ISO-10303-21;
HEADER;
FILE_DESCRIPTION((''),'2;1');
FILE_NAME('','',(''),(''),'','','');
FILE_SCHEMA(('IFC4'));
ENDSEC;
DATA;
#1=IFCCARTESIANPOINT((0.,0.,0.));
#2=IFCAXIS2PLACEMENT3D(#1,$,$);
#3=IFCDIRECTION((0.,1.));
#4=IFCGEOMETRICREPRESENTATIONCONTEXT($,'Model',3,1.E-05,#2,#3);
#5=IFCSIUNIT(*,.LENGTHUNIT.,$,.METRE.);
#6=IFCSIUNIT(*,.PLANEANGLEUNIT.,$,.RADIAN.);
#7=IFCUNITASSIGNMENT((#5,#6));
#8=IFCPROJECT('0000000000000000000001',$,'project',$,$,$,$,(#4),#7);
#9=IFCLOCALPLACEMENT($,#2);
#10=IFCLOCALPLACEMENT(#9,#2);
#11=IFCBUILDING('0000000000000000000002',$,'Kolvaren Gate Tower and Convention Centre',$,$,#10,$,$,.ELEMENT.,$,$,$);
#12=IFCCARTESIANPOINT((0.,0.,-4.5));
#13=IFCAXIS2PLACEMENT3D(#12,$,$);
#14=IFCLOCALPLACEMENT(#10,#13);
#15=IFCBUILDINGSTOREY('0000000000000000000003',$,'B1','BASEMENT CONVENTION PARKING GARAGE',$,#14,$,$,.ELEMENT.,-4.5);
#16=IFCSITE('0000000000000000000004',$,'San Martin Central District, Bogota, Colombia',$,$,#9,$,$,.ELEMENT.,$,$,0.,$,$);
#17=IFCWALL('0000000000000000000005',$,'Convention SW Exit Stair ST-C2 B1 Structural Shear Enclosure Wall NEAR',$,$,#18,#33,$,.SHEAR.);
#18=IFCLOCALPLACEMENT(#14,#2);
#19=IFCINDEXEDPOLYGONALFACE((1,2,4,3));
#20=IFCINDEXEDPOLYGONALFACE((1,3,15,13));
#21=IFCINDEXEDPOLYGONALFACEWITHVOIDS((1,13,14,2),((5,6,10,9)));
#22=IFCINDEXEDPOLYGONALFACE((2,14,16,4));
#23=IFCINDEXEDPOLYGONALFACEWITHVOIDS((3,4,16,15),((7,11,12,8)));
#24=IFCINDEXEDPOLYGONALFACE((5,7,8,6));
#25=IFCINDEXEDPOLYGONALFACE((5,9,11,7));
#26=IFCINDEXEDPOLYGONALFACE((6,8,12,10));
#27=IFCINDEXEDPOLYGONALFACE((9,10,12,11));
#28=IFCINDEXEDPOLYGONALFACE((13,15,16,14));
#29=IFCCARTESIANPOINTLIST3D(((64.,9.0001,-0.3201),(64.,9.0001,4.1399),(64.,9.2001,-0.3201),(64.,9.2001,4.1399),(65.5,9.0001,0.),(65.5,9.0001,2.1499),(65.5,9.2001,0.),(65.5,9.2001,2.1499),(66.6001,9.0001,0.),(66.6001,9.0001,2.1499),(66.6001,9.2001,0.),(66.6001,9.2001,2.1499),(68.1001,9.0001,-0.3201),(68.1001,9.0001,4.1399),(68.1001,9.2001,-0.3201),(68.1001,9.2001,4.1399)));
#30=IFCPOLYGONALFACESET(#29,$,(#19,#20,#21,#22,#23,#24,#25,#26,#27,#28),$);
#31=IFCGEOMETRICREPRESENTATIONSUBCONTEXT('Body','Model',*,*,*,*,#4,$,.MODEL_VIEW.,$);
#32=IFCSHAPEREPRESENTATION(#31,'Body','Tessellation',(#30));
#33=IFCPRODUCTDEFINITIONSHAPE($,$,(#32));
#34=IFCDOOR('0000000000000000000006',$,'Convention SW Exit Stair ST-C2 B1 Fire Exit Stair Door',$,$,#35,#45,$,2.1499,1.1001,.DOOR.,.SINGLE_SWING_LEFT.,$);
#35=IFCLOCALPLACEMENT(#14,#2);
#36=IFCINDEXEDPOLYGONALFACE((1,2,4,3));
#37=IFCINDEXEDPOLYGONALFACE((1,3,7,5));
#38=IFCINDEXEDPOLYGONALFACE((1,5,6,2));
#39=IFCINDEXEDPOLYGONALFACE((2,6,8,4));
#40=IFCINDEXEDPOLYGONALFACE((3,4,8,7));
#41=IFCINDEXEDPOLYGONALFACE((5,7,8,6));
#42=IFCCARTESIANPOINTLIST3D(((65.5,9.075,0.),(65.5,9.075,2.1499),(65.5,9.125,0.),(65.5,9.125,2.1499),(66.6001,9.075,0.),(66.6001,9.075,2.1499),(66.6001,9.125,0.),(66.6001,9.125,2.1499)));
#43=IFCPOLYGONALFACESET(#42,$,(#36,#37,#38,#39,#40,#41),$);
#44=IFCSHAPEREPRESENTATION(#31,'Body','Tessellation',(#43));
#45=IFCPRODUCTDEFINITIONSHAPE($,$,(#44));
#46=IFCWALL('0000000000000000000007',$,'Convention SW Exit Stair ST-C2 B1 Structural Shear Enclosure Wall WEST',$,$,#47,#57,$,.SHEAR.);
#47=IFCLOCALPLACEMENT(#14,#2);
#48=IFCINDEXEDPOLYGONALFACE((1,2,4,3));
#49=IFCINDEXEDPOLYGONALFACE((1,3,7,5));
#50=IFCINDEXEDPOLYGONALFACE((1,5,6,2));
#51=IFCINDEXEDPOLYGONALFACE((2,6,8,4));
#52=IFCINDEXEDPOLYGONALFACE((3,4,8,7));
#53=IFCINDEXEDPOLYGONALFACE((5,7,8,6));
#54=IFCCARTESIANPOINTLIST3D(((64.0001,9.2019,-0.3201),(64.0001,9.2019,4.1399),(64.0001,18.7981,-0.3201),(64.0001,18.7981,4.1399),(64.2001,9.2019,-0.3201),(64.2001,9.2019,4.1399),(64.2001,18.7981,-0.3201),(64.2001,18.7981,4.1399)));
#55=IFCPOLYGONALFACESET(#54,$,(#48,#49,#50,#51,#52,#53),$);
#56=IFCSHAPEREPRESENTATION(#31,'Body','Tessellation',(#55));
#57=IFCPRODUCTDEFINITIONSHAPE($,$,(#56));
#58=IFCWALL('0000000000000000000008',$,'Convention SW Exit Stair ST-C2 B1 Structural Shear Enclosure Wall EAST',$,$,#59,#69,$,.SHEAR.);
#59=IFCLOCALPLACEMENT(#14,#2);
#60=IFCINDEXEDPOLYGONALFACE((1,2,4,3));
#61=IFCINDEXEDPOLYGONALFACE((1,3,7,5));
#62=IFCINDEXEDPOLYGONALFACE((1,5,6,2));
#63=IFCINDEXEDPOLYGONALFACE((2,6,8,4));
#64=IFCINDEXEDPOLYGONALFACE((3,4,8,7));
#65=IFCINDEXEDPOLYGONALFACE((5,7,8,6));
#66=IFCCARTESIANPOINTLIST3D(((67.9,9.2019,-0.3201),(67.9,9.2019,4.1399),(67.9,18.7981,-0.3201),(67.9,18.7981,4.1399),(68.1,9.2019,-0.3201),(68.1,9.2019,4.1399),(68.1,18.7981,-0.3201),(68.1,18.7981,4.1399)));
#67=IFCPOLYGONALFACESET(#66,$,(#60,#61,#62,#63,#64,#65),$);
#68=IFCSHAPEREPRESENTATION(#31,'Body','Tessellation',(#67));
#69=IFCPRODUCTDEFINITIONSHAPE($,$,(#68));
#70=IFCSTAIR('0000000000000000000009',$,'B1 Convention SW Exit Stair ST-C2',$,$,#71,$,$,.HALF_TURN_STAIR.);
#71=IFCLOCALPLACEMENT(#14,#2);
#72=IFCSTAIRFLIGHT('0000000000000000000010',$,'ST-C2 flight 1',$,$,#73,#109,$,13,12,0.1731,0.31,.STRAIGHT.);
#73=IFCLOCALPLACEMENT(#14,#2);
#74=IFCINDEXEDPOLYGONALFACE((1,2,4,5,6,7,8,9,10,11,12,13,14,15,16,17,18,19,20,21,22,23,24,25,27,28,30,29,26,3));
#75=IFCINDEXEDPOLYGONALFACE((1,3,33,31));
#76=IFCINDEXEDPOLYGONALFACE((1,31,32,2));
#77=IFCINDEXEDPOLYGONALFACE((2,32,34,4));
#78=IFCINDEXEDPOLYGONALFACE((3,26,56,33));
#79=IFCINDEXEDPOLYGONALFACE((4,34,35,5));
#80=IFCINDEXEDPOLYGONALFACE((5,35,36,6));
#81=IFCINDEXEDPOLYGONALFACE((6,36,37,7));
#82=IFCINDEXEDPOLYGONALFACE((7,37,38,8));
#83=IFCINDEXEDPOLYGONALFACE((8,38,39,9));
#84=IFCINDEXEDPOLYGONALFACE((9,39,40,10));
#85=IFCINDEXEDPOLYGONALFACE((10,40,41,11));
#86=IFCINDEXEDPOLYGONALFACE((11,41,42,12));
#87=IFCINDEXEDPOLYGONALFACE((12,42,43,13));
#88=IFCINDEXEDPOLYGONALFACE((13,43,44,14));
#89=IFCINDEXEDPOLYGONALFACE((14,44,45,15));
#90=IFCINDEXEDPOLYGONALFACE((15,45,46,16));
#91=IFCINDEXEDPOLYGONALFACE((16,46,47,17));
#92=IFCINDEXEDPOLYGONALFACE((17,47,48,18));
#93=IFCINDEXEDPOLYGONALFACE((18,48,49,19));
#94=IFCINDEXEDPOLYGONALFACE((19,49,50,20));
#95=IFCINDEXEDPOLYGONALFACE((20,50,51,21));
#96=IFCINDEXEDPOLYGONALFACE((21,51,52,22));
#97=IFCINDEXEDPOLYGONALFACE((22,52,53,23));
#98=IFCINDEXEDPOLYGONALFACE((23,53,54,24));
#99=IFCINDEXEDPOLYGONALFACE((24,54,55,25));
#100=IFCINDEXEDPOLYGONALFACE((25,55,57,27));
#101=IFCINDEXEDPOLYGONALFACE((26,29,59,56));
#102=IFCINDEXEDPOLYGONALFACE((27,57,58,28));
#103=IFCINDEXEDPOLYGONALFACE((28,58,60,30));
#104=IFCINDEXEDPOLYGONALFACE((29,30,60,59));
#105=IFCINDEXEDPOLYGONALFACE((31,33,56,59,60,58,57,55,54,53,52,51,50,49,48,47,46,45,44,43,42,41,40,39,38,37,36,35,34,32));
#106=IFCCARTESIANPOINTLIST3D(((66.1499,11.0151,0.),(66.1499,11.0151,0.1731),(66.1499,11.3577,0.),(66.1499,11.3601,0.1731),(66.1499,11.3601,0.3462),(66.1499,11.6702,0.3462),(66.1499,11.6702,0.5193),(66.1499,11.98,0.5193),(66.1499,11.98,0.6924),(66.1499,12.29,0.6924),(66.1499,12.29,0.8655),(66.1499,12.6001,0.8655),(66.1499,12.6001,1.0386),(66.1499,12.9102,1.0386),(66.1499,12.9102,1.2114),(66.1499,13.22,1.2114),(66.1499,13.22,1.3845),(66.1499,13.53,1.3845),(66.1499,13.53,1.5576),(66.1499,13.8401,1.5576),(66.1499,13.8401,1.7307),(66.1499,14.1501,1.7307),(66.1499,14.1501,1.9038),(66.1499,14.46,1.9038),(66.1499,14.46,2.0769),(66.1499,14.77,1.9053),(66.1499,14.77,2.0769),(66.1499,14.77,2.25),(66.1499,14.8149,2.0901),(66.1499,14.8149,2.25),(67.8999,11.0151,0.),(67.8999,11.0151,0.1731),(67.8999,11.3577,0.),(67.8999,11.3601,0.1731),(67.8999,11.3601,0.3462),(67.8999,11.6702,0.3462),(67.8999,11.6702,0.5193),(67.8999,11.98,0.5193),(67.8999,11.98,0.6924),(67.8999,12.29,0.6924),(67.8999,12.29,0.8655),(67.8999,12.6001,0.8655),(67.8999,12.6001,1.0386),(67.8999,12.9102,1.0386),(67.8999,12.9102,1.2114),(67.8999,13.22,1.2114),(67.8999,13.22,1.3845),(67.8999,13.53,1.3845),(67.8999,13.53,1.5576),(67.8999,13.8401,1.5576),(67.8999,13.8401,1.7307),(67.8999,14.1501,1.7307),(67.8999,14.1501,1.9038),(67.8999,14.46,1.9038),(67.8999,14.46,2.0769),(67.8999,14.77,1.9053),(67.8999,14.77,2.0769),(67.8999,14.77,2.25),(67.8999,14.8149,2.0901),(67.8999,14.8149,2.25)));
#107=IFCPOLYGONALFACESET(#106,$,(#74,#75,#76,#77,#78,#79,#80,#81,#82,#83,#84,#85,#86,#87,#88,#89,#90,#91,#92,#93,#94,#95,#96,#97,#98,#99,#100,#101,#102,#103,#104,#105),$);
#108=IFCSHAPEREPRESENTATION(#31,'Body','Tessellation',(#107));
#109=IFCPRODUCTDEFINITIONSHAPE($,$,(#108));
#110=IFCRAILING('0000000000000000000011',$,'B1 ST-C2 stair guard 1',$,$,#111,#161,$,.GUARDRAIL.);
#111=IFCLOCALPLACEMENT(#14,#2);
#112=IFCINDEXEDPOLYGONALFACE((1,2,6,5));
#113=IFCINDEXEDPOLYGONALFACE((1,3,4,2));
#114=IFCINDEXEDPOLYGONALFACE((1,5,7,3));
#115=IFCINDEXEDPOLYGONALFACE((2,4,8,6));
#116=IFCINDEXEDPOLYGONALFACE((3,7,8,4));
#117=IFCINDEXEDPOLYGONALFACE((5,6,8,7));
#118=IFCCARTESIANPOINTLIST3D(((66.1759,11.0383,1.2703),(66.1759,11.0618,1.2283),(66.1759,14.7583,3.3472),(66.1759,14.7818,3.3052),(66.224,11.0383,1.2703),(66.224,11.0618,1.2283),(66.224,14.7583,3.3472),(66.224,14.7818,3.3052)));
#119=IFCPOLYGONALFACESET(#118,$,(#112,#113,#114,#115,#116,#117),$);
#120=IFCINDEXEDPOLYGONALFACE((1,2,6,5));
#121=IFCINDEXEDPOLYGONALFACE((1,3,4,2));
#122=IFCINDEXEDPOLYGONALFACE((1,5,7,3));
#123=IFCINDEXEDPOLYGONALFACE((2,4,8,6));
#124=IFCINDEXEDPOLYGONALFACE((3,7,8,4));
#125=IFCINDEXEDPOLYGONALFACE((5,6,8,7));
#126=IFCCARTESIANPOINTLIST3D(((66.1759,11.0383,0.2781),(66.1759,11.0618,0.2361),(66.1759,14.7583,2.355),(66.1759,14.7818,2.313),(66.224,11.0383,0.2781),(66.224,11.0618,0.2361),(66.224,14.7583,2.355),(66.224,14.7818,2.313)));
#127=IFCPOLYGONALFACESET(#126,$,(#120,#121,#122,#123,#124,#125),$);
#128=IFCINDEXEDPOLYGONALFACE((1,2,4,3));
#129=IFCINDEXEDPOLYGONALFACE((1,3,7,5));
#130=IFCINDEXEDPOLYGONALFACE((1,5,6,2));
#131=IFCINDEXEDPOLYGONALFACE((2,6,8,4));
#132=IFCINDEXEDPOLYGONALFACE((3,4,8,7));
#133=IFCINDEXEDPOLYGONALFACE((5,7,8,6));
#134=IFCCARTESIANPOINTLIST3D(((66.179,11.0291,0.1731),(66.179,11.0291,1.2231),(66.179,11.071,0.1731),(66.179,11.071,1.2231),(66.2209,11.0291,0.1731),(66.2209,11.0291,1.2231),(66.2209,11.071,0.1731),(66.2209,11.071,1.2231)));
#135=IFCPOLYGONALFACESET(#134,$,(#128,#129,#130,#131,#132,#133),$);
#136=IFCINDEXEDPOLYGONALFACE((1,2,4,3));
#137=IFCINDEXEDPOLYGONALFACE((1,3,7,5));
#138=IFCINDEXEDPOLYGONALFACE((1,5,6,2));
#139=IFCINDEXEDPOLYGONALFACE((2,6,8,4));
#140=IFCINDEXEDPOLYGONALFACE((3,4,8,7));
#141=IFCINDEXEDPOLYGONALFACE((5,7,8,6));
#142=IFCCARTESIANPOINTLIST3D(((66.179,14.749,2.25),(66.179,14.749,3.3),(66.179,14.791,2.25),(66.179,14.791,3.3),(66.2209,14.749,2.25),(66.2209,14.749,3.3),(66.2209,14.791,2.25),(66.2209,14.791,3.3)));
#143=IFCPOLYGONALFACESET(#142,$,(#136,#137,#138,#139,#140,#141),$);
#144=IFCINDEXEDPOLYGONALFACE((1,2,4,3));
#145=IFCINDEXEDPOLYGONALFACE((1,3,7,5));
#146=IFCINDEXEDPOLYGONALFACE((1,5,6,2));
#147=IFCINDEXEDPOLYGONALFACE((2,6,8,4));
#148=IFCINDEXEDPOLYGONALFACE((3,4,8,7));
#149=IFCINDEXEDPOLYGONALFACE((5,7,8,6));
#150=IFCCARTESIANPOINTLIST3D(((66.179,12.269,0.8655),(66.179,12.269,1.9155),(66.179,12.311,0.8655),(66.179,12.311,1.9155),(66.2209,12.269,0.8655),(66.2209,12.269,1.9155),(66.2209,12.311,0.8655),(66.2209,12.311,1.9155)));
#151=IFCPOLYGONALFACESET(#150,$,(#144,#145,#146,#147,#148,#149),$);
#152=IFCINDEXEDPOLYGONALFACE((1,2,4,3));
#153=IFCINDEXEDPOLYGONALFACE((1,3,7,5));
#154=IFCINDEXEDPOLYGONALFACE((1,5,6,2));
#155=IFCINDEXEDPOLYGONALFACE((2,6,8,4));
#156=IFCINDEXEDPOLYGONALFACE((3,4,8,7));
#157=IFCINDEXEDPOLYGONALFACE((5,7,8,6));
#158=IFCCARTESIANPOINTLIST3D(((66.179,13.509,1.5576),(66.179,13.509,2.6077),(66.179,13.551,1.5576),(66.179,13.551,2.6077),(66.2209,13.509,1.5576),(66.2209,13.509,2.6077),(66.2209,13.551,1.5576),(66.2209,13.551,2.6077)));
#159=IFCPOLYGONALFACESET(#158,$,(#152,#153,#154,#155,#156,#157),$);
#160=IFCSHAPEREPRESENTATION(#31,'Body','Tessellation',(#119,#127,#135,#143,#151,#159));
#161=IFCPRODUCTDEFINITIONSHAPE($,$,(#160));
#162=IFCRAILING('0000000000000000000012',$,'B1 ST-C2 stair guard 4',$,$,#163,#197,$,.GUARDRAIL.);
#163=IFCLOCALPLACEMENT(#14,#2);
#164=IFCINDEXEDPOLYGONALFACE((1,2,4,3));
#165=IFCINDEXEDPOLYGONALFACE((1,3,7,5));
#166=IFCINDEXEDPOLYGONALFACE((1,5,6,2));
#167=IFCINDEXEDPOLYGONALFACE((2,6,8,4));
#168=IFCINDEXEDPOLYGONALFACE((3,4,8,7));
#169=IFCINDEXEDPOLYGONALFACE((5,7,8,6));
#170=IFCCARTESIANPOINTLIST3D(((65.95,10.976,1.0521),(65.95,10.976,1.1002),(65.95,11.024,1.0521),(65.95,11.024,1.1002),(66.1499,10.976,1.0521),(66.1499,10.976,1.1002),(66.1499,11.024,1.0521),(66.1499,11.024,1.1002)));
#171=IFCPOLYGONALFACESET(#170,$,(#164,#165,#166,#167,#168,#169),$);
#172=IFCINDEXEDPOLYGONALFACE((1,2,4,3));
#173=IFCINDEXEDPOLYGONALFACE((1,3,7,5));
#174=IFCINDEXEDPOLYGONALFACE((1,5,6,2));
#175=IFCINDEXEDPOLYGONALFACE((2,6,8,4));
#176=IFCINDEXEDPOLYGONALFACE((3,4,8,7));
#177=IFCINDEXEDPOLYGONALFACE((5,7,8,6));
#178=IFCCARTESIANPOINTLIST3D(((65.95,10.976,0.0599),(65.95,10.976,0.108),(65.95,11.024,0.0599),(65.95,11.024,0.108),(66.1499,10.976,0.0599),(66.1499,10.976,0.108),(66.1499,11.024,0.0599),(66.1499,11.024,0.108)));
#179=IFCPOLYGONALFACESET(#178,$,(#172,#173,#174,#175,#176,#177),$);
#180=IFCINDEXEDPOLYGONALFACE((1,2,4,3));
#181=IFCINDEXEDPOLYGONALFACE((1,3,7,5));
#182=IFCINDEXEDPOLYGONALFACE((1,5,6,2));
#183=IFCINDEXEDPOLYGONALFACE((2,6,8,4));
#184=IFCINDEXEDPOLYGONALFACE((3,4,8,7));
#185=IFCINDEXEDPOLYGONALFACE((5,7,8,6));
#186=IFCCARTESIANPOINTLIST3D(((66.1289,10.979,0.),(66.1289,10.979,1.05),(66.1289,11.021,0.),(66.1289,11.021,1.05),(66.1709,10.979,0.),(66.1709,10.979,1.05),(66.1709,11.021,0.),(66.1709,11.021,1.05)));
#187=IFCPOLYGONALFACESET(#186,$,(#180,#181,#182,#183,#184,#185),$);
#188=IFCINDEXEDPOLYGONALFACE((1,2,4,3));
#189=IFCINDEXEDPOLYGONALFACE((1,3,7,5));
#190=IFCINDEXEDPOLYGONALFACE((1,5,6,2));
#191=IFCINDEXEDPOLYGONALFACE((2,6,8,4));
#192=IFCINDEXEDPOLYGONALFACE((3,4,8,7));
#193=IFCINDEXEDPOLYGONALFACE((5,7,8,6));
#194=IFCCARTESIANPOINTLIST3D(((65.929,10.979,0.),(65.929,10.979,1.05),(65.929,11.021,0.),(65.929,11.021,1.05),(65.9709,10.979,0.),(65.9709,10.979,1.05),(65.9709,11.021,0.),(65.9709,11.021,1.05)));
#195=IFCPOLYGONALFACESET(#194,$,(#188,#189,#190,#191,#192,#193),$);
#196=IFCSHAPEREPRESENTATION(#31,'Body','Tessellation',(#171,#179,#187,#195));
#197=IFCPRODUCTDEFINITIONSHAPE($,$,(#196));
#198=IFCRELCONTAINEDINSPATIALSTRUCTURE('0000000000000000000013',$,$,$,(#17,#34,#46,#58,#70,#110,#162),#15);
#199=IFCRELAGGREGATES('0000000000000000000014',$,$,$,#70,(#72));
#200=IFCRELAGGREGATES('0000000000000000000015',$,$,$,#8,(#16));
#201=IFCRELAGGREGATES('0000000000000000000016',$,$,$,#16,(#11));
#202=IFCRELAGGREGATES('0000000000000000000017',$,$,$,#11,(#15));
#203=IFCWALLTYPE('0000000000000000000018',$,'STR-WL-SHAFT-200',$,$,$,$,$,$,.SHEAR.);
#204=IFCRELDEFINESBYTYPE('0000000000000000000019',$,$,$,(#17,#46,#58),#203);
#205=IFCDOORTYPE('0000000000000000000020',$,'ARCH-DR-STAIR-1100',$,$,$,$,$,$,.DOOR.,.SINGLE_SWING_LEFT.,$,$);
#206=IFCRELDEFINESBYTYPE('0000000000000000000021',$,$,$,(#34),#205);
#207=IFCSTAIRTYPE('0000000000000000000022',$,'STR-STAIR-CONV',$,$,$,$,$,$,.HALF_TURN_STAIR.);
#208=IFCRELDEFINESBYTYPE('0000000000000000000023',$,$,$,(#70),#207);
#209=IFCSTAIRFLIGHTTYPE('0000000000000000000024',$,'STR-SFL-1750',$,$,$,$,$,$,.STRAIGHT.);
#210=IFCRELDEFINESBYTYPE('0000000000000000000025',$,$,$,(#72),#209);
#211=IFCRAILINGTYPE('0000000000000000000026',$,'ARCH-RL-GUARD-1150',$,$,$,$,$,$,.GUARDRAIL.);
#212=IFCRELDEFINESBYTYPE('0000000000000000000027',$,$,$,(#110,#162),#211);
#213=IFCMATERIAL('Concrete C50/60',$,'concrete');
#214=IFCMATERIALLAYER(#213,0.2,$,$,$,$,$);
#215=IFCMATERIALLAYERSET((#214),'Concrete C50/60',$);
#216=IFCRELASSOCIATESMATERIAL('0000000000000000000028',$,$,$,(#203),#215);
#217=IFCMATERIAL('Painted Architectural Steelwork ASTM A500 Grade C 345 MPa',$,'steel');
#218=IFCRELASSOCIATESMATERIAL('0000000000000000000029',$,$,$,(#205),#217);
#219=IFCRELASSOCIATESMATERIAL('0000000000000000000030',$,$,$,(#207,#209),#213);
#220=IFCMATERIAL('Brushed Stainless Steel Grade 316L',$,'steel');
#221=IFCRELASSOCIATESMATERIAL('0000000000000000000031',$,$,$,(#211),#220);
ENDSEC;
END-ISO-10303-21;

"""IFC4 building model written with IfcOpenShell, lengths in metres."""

from ifc_helpers import new_model, si_unit, direction, frame, frame_2d, origin, origin_2d, place, context, subcontext, project, spatial, polyline, rectangle, outline, extrude, material, layer, layer_set, type_object, element, fill, aggregate, save


model = new_model("IFC4")

# Units and contexts
model_context = context("Model", 3, precision=1e-05, world=origin(), true_north=direction((0.0, 1.0)))
body_context = subcontext(model_context, "Body", "Model", "MODEL_VIEW")
ifc_project = project(units=[si_unit("LENGTHUNIT", "METRE"), si_unit("PLANEANGLEUNIT", "RADIAN")], contexts=[model_context])

# Site, building, storey
site_placement = place(None, origin())
site = spatial("IfcSite", under=ifc_project, at=site_placement, Name="San Martin Central District, Bogota, Colombia", CompositionType="ELEMENT", RefElevation=0.0)
building_placement = place(site_placement, origin())
building = spatial("IfcBuilding", under=site, at=building_placement, Name="Kolvaren Gate Tower and Convention Centre", CompositionType="ELEMENT")
storey_placement = place(building_placement, frame((0.0, 0.0, -4.5)))
storey = spatial("IfcBuildingStorey", under=building, at=storey_placement, Name="B1", Description="BASEMENT CONVENTION PARKING GARAGE", CompositionType="ELEMENT", Elevation=-4.5)

# Shared definitions
ifc_material_1 = material(Name="Concrete C50/60", Category="concrete")

# Wall, opening, door
ifc_layer_1 = layer(ifc_material_1, 0.2)
ifc_layer_set_1 = layer_set([ifc_layer_1], Name="Concrete C50/60")
wall_type_1 = type_object("IfcWallType", Name="STR-WL-SHAFT-200", PredefinedType="SHEAR", material=ifc_layer_set_1)
wall_1_placement = place(storey_placement, frame((64.0, 9.1001, -0.3201), z_axis=(0.0, 0.0, 1.0), x_axis=(1.0, 0.0, 0.0)))
wall_1 = element("IfcWall", 1, at=wall_1_placement, inside=storey, type_object=wall_type_1, Name="Convention SW Exit Stair ST-C2 B1 Structural Shear Enclosure Wall NEAR", PredefinedType="SHEAR", context=body_context, shape_type="SweptSolid", body=[
    extrude(rectangle(XDim=4.1001, YDim=0.2, at=frame_2d((2.05, 0.0))), origin(), (0.0, 0.0, 1.0), 4.46),
])
opening_placement = place(wall_1_placement, frame((1.5, 0.0, 0.3201)))
opening = element("IfcOpeningElement", 2, at=opening_placement, cuts=wall_1, PredefinedType="OPENING", context=body_context, shape_type="SweptSolid", body=[
    extrude(rectangle(XDim=1.1001, YDim=2.1499, at=frame_2d((0.55, 1.075))), frame((0.0, 0.1099, 0.0), z_axis=(0.0, -1.0, 0.0), x_axis=(1.0, 0.0, 0.0)), (0.0, 0.0, 1.0), 0.22),
])
ifc_material_2 = material(Name="Painted Architectural Steelwork ASTM A500 Grade C 345 MPa", Category="steel")
door_type = type_object("IfcDoorType", Name="ARCH-DR-STAIR-1100", OperationType="SINGLE_SWING_LEFT", PredefinedType="DOOR", material=ifc_material_2)
door_placement = place(opening_placement, origin())
door = element("IfcDoor", 3, at=door_placement, inside=storey, type_object=door_type, Name="Convention SW Exit Stair ST-C2 B1 Fire Exit Stair Door", OperationType="SINGLE_SWING_LEFT", OverallHeight=2.1499, OverallWidth=1.1001, PredefinedType="DOOR", context=body_context, shape_type="SweptSolid", body=[
    extrude(rectangle(XDim=1.1001, YDim=2.1499, at=frame_2d((0.55, 1.075))), frame((0.0, 0.0249, 0.0), z_axis=(0.0, -1.0, 0.0), x_axis=(1.0, 0.0, 0.0)), (0.0, 0.0, 1.0), 0.05),
])
fill(opening, door)

# Walls
for number, where, z_axis, x_axis, name in (
    (4, (64.1001, 9.2019, -0.3201), (0.0, 0.0, 1.0), (0.0, 1.0, 0.0), "Convention SW Exit Stair ST-C2 B1 Structural Shear Enclosure Wall WEST"),
    (5, (68.0, 9.2019, -0.3201), (0.0, 0.0, 1.0), (0.0, 1.0, 0.0), "Convention SW Exit Stair ST-C2 B1 Structural Shear Enclosure Wall EAST"),
):
    element("IfcWall", number, at=place(storey_placement, frame(where, z_axis=z_axis, x_axis=x_axis)), inside=storey, type_object=wall_type_1, Name=name, PredefinedType="SHEAR", context=body_context, shape_type="SweptSolid", body=[
        extrude(rectangle(XDim=9.5962, YDim=0.2, at=frame_2d((4.7981, 0.0))), origin(), (0.0, 0.0, 1.0), 4.46),
    ])

# Stair, stair flight
stair_type = type_object("IfcStairType", Name="STR-STAIR-CONV", PredefinedType="HALF_TURN_STAIR", material=ifc_material_1)
stair_placement = place(storey_placement, origin())
stair = element("IfcStair", 6, at=stair_placement, inside=storey, type_object=stair_type, Name="B1 Convention SW Exit Stair ST-C2", PredefinedType="HALF_TURN_STAIR")
stair_flight_type = type_object("IfcStairFlightType", Name="STR-SFL-1750", PredefinedType="STRAIGHT", material=ifc_material_1)
stair_flight_placement = place(storey_placement, frame((67.0249, 11.05, 0.0), z_axis=(0.0, 0.0, 1.0), x_axis=(0.0, 1.0, 0.0)))
stair_flight = element("IfcStairFlight", 7, at=stair_flight_placement, type_object=stair_flight_type, Name="ST-C2 flight 1", NumberOfRisers=13, NumberOfTreads=12, PredefinedType="STRAIGHT", RiserHeight=0.1731, TreadLength=0.31, context=body_context, shape_type="SweptSolid", body=[
    extrude(outline(polyline([(-0.0349, 0.0), (-0.0349, 0.1731), (0.3101, 0.1731), (0.3101, 0.3462), (0.6201, 0.3462), (0.6201, 0.5193), (0.9299, 0.5193), (0.9299, 0.6924), (1.24, 0.6924), (1.24, 0.8655), (1.55, 0.8655), (1.55, 1.0386), (1.8601, 1.0386), (1.8601, 1.2114), (2.1699, 1.2114), (2.1699, 1.3845), (2.48, 1.3845), (2.48, 1.5576), (2.79, 1.5576), (2.79, 1.7307), (3.1001, 1.7307), (3.1001, 1.9038), (3.4099, 1.9038), (3.4099, 2.0769), (3.72, 2.0769), (3.72, 2.25), (3.7649, 2.25), (3.7649, 2.0901), (3.72, 1.9053), (0.3076, 0.0), (-0.0349, 0.0)])), frame((0.0, 0.875, 0.0), z_axis=(0.0, -1.0, 0.0), x_axis=(1.0, 0.0, 0.0)), (0.0, 0.0, 1.0), 1.75),
])
aggregate(stair, [stair_flight])

# Railings
ifc_material_3 = material(Name="Brushed Stainless Steel Grade 316L", Category="steel")
railing_type_1 = type_object("IfcRailingType", Name="ARCH-RL-GUARD-1150", PredefinedType="GUARDRAIL", material=ifc_material_3)
railing_1_placement = place(storey_placement, frame((66.2, 11.05, 0.1731)))
element("IfcRailing", 8, at=railing_1_placement, inside=storey, type_object=railing_type_1, Name="B1 ST-C2 stair guard 1", PredefinedType="GUARDRAIL", context=body_context, shape_type="SweptSolid", body=[
    extrude(rectangle(XDim=0.0481, YDim=0.0481, at=origin_2d()), frame((0.0, 0.0, 1.0762), z_axis=(0.0, 0.873134, 0.487481), x_axis=(-1.0, 0.0, 0.0)), (0.0, 0.0, 1.0), 4.2605),
    extrude(rectangle(XDim=0.0481, YDim=0.0481, at=origin_2d()), frame((0.0, 0.0, 0.084), z_axis=(0.0, 0.873134, 0.487481), x_axis=(-1.0, 0.0, 0.0)), (0.0, 0.0, 1.0), 4.2605),
    extrude(rectangle(XDim=0.042, YDim=0.042, at=origin_2d()), origin(), (0.0, 0.0, 1.0), 1.05),
    extrude(rectangle(XDim=0.042, YDim=0.042, at=origin_2d()), frame((0.0, 3.72, 2.0769)), (0.0, 0.0, 1.0), 1.05),
    extrude(rectangle(XDim=0.042, YDim=0.042, at=origin_2d()), frame((0.0, 1.24, 0.6924)), (0.0, 0.0, 1.0), 1.05),
    extrude(rectangle(XDim=0.042, YDim=0.042, at=origin_2d()), frame((0.0, 2.48, 1.3845)), (0.0, 0.0, 1.0), 1.05),
])
railing_2_placement = place(storey_placement, frame((66.1499, 11.0, 0.0)))
element("IfcRailing", 9, at=railing_2_placement, inside=storey, type_object=railing_type_1, Name="B1 ST-C2 stair guard 4", PredefinedType="GUARDRAIL", context=body_context, shape_type="SweptSolid", body=[
    extrude(rectangle(XDim=0.0481, YDim=0.0481, at=origin_2d()), frame((0.0, 0.0, 1.0762), z_axis=(-1.0, 0.0, 0.0), x_axis=(0.0, -1.0, 0.0)), (0.0, 0.0, 1.0), 0.2),
    extrude(rectangle(XDim=0.0481, YDim=0.0481, at=origin_2d()), frame((0.0, 0.0, 0.084), z_axis=(-1.0, 0.0, 0.0), x_axis=(0.0, -1.0, 0.0)), (0.0, 0.0, 1.0), 0.2),
    extrude(rectangle(XDim=0.042, YDim=0.042, at=origin_2d()), origin(), (0.0, 0.0, 1.0), 1.05),
    extrude(rectangle(XDim=0.042, YDim=0.042, at=origin_2d()), frame((-0.2, 0.0, 0.0)), (0.0, 0.0, 1.0), 1.05),
])

save(model, "model.ifc")
